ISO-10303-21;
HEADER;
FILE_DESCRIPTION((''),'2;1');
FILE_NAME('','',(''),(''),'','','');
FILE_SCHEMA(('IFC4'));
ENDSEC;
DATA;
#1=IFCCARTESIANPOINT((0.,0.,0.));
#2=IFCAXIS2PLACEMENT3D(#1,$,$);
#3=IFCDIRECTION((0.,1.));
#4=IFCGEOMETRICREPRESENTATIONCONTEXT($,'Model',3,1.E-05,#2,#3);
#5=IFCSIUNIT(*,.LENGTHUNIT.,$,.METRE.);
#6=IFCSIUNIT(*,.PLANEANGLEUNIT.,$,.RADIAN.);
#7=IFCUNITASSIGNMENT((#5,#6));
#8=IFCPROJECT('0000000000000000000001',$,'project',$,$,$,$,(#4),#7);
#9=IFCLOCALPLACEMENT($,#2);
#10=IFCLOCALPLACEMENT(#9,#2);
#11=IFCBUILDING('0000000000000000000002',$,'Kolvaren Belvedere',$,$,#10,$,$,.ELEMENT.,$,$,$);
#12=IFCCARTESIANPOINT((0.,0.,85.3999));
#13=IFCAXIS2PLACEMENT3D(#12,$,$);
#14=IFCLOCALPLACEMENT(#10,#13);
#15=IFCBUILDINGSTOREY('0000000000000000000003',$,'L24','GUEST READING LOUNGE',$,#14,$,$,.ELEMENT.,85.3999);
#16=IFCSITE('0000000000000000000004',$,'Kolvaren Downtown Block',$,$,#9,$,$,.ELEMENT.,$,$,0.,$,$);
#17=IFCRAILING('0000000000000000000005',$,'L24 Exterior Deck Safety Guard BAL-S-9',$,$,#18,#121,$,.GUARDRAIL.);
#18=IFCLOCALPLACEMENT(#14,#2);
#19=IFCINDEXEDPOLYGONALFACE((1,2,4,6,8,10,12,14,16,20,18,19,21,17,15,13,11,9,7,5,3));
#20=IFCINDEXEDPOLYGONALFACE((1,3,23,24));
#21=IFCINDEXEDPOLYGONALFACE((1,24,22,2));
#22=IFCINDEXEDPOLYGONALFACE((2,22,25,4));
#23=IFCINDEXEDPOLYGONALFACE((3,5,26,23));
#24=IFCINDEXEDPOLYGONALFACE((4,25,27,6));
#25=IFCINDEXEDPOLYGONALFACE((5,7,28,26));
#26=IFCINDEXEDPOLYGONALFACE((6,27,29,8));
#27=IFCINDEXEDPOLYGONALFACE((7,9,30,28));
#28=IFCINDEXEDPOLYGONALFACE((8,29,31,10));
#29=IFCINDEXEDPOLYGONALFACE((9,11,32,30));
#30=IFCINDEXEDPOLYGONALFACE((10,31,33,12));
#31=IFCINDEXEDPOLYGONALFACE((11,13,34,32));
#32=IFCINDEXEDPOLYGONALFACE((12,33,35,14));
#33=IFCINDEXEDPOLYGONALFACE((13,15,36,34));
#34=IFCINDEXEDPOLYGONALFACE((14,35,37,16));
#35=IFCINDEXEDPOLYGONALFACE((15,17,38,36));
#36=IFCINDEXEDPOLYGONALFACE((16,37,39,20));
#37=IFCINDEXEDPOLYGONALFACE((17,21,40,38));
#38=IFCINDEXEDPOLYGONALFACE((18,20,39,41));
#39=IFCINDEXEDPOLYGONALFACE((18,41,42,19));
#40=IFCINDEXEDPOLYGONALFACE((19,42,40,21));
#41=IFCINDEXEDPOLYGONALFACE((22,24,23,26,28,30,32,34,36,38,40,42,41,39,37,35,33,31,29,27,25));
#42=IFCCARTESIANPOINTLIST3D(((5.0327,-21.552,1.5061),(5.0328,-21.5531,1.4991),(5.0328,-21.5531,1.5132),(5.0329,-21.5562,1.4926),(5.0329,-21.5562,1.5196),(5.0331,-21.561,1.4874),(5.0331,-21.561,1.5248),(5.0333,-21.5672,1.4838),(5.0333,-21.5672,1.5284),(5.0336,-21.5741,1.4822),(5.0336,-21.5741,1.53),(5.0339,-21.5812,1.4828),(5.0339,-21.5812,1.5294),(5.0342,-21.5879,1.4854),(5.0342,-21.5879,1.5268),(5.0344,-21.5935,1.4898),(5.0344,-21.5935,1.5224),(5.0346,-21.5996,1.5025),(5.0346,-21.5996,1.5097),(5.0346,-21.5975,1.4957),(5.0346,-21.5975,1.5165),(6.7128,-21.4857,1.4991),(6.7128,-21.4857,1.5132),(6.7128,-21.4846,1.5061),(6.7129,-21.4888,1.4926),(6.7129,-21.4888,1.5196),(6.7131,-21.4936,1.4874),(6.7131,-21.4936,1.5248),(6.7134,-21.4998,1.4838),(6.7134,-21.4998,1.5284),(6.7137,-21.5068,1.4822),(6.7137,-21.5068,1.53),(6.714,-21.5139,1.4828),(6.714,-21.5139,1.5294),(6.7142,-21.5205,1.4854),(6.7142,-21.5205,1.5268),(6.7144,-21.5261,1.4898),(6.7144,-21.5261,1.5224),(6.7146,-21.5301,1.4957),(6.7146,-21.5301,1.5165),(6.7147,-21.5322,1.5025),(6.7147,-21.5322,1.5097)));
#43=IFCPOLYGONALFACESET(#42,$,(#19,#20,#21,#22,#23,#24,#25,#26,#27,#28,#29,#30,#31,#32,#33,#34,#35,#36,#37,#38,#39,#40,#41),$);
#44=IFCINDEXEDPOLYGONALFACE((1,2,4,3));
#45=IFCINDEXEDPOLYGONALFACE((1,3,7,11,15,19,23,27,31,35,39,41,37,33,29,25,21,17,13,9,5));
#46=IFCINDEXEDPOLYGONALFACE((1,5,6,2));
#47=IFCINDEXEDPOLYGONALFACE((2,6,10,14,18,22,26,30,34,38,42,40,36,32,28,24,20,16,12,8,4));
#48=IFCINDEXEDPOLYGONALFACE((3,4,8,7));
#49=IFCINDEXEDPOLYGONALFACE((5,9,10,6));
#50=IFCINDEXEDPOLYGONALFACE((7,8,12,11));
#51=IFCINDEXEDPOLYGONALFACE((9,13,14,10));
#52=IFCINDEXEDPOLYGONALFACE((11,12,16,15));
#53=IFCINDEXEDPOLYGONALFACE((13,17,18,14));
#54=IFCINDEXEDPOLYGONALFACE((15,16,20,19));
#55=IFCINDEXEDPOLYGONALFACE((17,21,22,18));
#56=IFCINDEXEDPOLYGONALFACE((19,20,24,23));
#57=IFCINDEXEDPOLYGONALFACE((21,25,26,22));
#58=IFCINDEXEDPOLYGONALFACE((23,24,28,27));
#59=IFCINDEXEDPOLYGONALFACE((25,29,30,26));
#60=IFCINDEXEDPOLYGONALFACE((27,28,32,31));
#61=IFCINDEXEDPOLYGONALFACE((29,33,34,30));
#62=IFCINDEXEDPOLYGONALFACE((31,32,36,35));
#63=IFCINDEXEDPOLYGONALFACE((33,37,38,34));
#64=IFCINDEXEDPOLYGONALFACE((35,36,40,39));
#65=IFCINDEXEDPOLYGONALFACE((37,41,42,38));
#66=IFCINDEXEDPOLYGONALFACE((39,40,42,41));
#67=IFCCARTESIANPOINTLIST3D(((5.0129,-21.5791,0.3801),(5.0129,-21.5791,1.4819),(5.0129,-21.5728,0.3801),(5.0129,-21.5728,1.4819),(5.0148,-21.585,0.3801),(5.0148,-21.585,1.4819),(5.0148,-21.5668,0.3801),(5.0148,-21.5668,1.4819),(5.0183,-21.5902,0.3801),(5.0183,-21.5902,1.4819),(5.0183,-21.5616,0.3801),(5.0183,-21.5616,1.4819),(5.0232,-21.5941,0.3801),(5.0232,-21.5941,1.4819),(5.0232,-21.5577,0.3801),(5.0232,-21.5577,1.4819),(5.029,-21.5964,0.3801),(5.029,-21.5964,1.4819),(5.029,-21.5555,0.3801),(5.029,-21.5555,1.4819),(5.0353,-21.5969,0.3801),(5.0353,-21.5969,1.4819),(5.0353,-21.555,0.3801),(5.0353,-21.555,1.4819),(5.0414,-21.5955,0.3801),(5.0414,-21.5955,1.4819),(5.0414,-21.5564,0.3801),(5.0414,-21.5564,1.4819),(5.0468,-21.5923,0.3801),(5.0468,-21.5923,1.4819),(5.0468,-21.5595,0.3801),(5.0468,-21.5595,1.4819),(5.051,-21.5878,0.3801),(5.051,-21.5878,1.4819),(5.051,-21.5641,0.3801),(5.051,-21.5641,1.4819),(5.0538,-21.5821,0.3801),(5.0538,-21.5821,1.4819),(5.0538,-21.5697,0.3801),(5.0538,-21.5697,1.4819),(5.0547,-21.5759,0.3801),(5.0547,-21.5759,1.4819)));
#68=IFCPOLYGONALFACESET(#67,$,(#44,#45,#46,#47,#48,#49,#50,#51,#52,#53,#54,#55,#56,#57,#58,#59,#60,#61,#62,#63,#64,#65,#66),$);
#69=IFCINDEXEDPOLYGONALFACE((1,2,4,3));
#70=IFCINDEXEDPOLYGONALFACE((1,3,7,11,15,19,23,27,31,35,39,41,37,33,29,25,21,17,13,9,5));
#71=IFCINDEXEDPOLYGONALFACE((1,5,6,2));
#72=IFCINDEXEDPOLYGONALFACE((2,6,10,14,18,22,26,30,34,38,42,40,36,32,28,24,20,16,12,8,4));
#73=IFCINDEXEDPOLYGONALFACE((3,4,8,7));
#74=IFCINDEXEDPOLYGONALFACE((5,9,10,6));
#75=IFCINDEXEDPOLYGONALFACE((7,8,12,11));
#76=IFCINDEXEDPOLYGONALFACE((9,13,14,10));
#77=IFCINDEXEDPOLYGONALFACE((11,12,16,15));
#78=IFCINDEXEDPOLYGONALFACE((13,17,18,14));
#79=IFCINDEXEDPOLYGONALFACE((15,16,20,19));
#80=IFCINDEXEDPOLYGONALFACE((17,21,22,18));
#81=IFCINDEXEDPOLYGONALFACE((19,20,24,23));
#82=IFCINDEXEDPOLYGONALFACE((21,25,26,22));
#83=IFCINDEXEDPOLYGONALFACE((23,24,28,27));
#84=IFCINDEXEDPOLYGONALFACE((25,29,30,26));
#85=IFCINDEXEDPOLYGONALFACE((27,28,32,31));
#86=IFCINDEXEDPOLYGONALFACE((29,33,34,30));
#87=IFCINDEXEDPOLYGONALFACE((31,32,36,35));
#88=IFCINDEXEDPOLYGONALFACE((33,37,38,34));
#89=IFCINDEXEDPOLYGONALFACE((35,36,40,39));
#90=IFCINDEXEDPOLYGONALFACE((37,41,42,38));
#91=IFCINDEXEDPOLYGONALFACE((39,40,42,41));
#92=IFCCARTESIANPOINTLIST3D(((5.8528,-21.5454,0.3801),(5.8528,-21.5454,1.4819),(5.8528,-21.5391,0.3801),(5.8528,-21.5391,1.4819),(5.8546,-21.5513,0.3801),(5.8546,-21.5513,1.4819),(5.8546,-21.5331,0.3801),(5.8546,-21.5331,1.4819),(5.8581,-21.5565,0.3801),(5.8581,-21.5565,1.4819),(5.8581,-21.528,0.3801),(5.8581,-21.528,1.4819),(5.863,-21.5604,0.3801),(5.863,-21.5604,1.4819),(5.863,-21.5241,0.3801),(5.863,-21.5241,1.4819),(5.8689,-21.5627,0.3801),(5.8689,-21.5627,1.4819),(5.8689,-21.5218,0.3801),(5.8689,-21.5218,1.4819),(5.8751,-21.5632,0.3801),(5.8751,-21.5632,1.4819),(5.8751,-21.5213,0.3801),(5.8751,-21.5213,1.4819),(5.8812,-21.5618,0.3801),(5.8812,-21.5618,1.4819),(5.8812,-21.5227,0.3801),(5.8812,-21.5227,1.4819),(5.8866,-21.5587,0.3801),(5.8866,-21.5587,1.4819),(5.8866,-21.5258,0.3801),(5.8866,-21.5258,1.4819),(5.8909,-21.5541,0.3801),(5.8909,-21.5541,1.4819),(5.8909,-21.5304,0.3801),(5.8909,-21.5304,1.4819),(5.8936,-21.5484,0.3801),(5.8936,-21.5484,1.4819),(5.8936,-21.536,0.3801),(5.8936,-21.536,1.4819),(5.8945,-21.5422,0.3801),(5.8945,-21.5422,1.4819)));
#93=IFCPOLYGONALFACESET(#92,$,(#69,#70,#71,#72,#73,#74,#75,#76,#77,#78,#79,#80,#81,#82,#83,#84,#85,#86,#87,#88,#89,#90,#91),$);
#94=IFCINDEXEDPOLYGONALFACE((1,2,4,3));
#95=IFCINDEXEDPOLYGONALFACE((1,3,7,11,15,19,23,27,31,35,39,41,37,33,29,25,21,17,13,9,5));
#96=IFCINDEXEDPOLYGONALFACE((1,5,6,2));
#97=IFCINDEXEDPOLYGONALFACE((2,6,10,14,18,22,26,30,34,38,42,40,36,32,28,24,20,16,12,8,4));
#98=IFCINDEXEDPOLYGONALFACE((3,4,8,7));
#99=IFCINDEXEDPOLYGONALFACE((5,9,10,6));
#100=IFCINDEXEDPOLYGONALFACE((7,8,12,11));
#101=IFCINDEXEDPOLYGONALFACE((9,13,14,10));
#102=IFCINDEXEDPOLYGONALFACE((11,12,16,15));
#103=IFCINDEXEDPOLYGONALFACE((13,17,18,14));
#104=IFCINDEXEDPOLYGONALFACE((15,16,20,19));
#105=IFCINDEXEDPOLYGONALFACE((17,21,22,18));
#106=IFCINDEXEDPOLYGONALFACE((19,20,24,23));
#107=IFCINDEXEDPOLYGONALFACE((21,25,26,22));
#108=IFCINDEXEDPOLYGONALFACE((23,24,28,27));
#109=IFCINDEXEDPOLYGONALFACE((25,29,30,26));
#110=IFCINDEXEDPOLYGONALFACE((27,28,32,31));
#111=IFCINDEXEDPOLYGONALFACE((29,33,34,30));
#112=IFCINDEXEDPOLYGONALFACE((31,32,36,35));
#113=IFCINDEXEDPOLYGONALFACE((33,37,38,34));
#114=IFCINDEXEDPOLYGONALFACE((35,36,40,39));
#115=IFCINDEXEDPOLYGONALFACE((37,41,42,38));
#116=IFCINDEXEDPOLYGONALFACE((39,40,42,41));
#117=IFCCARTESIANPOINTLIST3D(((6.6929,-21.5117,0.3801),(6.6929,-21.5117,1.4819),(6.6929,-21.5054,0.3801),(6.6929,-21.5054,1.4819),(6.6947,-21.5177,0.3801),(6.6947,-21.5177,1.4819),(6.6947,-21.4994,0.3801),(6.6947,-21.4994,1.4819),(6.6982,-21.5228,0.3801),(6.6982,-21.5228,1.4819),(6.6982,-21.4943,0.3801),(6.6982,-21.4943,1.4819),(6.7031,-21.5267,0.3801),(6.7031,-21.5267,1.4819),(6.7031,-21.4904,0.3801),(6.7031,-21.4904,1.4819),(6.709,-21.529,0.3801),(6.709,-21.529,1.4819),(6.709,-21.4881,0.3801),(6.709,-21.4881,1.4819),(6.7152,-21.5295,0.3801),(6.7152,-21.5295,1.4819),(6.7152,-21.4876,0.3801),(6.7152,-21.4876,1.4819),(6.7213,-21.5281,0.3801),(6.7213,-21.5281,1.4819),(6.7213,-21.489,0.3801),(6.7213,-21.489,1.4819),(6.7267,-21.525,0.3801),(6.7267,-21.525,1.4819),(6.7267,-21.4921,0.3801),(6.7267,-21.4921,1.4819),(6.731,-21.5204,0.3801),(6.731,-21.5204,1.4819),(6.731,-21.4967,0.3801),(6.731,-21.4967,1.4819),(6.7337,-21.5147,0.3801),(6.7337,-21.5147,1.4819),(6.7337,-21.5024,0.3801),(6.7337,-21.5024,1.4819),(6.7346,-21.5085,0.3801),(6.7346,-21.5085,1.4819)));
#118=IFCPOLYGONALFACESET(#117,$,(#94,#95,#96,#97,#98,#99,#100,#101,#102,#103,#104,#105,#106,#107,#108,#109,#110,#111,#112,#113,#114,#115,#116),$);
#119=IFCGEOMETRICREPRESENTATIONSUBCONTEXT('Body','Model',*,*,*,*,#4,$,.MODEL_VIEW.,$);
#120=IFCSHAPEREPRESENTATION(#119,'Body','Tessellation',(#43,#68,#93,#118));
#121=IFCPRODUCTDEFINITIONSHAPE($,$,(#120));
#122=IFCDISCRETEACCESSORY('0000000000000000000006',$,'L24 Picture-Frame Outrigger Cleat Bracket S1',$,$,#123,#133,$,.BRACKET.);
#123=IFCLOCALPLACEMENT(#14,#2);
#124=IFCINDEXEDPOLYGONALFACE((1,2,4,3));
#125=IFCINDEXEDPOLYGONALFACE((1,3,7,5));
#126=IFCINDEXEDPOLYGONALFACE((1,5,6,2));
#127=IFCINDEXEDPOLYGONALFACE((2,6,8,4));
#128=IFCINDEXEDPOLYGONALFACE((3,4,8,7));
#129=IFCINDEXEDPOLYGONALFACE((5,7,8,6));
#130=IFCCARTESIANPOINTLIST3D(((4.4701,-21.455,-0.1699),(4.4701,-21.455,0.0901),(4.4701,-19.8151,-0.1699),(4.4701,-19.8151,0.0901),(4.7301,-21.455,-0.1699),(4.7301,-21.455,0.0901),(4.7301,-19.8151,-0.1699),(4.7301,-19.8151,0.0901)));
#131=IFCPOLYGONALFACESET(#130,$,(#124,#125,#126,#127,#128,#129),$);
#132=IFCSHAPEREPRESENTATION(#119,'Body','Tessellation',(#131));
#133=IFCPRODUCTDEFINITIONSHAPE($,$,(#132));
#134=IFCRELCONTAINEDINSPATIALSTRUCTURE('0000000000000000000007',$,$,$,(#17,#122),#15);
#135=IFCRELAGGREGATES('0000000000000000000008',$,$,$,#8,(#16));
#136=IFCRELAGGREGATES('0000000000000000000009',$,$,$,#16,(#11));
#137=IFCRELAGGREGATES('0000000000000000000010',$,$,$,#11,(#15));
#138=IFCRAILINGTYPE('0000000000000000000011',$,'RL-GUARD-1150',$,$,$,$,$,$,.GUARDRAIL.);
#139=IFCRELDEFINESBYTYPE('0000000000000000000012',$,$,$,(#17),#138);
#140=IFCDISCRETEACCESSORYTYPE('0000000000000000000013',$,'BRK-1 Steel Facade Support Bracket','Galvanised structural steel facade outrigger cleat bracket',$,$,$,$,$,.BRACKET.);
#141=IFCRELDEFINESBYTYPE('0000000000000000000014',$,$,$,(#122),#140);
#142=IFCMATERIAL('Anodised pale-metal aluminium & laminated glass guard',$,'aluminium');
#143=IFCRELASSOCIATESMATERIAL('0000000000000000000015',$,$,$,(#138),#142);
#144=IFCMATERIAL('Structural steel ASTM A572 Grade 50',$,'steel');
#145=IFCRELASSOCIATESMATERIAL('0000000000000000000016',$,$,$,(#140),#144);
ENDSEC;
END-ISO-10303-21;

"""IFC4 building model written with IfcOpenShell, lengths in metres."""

from ifc_helpers import new_model, si_unit, direction, frame, origin, origin_2d, place, context, subcontext, project, spatial, rectangle, circle, extrude, material, type_object, element, save


model = new_model("IFC4")

# Units and contexts
model_context = context("Model", 3, precision=1e-05, world=origin(), true_north=direction((0.0, 1.0)))
body_context = subcontext(model_context, "Body", "Model", "MODEL_VIEW")
ifc_project = project(units=[si_unit("LENGTHUNIT", "METRE"), si_unit("PLANEANGLEUNIT", "RADIAN")], contexts=[model_context])

# Site, building, storey
site_placement = place(None, origin())
site = spatial("IfcSite", under=ifc_project, at=site_placement, Name="Kolvaren Downtown Block", CompositionType="ELEMENT", RefElevation=0.0)
building_placement = place(site_placement, origin())
building = spatial("IfcBuilding", under=site, at=building_placement, Name="Kolvaren Belvedere", CompositionType="ELEMENT")
storey_placement = place(building_placement, frame((0.0, 0.0, 85.3999)))
storey = spatial("IfcBuildingStorey", under=building, at=storey_placement, Name="L24", Description="GUEST READING LOUNGE", CompositionType="ELEMENT", Elevation=85.3999)

# Railing
ifc_material_1 = material(Name="Anodised pale-metal aluminium & laminated glass guard", Category="aluminium")
railing_type = type_object("IfcRailingType", Name="RL-GUARD-1150", PredefinedType="GUARDRAIL", material=ifc_material_1)
railing_1_placement = place(storey_placement, frame((5.0337, -21.5759, 0.3801)))
element("IfcRailing", 1, at=railing_1_placement, inside=storey, type_object=railing_type, Name="L24 Exterior Deck Safety Guard BAL-S-9", PredefinedType="GUARDRAIL", context=body_context, shape_type="SweptSolid", body=[
    extrude(circle(Radius=0.0239, at=origin_2d()), frame((0.0, 0.0, 1.126), z_axis=(0.999197, 0.040078, 0.0), x_axis=(-0.040078, 0.999197, 0.0)), (0.0, 0.0, 1.0), 1.6814),
    extrude(circle(Radius=0.021, at=origin_2d()), origin(), (0.0, 0.0, 1.0), 1.1018),
    extrude(circle(Radius=0.021, at=origin_2d()), frame((0.8398, 0.0337, 0.0)), (0.0, 0.0, 1.0), 1.1018),
    extrude(circle(Radius=0.021, at=origin_2d()), frame((1.6799, 0.0674, 0.0)), (0.0, 0.0, 1.0), 1.1018),
])

# Discrete accessory
ifc_material_2 = material(Name="Structural steel ASTM A572 Grade 50", Category="steel")
discrete_accessory_type = type_object("IfcDiscreteAccessoryType", Name="BRK-1 Steel Facade Support Bracket", Description="Galvanised structural steel facade outrigger cleat bracket", PredefinedType="BRACKET", material=ifc_material_2)
discrete_accessory_placement = place(storey_placement, frame((4.6001, -20.635, -0.1699), z_axis=(0.0, 0.0, 1.0), x_axis=(0.0, 1.0, 0.0)))
element("IfcDiscreteAccessory", 2, at=discrete_accessory_placement, inside=storey, type_object=discrete_accessory_type, Name="L24 Picture-Frame Outrigger Cleat Bracket S1", PredefinedType="BRACKET", context=body_context, shape_type="SweptSolid", body=[
    extrude(rectangle(XDim=1.6399, YDim=0.26, at=origin_2d()), origin(), (0.0, 0.0, 1.0), 0.26),
])

save(model, "model.ifc")
